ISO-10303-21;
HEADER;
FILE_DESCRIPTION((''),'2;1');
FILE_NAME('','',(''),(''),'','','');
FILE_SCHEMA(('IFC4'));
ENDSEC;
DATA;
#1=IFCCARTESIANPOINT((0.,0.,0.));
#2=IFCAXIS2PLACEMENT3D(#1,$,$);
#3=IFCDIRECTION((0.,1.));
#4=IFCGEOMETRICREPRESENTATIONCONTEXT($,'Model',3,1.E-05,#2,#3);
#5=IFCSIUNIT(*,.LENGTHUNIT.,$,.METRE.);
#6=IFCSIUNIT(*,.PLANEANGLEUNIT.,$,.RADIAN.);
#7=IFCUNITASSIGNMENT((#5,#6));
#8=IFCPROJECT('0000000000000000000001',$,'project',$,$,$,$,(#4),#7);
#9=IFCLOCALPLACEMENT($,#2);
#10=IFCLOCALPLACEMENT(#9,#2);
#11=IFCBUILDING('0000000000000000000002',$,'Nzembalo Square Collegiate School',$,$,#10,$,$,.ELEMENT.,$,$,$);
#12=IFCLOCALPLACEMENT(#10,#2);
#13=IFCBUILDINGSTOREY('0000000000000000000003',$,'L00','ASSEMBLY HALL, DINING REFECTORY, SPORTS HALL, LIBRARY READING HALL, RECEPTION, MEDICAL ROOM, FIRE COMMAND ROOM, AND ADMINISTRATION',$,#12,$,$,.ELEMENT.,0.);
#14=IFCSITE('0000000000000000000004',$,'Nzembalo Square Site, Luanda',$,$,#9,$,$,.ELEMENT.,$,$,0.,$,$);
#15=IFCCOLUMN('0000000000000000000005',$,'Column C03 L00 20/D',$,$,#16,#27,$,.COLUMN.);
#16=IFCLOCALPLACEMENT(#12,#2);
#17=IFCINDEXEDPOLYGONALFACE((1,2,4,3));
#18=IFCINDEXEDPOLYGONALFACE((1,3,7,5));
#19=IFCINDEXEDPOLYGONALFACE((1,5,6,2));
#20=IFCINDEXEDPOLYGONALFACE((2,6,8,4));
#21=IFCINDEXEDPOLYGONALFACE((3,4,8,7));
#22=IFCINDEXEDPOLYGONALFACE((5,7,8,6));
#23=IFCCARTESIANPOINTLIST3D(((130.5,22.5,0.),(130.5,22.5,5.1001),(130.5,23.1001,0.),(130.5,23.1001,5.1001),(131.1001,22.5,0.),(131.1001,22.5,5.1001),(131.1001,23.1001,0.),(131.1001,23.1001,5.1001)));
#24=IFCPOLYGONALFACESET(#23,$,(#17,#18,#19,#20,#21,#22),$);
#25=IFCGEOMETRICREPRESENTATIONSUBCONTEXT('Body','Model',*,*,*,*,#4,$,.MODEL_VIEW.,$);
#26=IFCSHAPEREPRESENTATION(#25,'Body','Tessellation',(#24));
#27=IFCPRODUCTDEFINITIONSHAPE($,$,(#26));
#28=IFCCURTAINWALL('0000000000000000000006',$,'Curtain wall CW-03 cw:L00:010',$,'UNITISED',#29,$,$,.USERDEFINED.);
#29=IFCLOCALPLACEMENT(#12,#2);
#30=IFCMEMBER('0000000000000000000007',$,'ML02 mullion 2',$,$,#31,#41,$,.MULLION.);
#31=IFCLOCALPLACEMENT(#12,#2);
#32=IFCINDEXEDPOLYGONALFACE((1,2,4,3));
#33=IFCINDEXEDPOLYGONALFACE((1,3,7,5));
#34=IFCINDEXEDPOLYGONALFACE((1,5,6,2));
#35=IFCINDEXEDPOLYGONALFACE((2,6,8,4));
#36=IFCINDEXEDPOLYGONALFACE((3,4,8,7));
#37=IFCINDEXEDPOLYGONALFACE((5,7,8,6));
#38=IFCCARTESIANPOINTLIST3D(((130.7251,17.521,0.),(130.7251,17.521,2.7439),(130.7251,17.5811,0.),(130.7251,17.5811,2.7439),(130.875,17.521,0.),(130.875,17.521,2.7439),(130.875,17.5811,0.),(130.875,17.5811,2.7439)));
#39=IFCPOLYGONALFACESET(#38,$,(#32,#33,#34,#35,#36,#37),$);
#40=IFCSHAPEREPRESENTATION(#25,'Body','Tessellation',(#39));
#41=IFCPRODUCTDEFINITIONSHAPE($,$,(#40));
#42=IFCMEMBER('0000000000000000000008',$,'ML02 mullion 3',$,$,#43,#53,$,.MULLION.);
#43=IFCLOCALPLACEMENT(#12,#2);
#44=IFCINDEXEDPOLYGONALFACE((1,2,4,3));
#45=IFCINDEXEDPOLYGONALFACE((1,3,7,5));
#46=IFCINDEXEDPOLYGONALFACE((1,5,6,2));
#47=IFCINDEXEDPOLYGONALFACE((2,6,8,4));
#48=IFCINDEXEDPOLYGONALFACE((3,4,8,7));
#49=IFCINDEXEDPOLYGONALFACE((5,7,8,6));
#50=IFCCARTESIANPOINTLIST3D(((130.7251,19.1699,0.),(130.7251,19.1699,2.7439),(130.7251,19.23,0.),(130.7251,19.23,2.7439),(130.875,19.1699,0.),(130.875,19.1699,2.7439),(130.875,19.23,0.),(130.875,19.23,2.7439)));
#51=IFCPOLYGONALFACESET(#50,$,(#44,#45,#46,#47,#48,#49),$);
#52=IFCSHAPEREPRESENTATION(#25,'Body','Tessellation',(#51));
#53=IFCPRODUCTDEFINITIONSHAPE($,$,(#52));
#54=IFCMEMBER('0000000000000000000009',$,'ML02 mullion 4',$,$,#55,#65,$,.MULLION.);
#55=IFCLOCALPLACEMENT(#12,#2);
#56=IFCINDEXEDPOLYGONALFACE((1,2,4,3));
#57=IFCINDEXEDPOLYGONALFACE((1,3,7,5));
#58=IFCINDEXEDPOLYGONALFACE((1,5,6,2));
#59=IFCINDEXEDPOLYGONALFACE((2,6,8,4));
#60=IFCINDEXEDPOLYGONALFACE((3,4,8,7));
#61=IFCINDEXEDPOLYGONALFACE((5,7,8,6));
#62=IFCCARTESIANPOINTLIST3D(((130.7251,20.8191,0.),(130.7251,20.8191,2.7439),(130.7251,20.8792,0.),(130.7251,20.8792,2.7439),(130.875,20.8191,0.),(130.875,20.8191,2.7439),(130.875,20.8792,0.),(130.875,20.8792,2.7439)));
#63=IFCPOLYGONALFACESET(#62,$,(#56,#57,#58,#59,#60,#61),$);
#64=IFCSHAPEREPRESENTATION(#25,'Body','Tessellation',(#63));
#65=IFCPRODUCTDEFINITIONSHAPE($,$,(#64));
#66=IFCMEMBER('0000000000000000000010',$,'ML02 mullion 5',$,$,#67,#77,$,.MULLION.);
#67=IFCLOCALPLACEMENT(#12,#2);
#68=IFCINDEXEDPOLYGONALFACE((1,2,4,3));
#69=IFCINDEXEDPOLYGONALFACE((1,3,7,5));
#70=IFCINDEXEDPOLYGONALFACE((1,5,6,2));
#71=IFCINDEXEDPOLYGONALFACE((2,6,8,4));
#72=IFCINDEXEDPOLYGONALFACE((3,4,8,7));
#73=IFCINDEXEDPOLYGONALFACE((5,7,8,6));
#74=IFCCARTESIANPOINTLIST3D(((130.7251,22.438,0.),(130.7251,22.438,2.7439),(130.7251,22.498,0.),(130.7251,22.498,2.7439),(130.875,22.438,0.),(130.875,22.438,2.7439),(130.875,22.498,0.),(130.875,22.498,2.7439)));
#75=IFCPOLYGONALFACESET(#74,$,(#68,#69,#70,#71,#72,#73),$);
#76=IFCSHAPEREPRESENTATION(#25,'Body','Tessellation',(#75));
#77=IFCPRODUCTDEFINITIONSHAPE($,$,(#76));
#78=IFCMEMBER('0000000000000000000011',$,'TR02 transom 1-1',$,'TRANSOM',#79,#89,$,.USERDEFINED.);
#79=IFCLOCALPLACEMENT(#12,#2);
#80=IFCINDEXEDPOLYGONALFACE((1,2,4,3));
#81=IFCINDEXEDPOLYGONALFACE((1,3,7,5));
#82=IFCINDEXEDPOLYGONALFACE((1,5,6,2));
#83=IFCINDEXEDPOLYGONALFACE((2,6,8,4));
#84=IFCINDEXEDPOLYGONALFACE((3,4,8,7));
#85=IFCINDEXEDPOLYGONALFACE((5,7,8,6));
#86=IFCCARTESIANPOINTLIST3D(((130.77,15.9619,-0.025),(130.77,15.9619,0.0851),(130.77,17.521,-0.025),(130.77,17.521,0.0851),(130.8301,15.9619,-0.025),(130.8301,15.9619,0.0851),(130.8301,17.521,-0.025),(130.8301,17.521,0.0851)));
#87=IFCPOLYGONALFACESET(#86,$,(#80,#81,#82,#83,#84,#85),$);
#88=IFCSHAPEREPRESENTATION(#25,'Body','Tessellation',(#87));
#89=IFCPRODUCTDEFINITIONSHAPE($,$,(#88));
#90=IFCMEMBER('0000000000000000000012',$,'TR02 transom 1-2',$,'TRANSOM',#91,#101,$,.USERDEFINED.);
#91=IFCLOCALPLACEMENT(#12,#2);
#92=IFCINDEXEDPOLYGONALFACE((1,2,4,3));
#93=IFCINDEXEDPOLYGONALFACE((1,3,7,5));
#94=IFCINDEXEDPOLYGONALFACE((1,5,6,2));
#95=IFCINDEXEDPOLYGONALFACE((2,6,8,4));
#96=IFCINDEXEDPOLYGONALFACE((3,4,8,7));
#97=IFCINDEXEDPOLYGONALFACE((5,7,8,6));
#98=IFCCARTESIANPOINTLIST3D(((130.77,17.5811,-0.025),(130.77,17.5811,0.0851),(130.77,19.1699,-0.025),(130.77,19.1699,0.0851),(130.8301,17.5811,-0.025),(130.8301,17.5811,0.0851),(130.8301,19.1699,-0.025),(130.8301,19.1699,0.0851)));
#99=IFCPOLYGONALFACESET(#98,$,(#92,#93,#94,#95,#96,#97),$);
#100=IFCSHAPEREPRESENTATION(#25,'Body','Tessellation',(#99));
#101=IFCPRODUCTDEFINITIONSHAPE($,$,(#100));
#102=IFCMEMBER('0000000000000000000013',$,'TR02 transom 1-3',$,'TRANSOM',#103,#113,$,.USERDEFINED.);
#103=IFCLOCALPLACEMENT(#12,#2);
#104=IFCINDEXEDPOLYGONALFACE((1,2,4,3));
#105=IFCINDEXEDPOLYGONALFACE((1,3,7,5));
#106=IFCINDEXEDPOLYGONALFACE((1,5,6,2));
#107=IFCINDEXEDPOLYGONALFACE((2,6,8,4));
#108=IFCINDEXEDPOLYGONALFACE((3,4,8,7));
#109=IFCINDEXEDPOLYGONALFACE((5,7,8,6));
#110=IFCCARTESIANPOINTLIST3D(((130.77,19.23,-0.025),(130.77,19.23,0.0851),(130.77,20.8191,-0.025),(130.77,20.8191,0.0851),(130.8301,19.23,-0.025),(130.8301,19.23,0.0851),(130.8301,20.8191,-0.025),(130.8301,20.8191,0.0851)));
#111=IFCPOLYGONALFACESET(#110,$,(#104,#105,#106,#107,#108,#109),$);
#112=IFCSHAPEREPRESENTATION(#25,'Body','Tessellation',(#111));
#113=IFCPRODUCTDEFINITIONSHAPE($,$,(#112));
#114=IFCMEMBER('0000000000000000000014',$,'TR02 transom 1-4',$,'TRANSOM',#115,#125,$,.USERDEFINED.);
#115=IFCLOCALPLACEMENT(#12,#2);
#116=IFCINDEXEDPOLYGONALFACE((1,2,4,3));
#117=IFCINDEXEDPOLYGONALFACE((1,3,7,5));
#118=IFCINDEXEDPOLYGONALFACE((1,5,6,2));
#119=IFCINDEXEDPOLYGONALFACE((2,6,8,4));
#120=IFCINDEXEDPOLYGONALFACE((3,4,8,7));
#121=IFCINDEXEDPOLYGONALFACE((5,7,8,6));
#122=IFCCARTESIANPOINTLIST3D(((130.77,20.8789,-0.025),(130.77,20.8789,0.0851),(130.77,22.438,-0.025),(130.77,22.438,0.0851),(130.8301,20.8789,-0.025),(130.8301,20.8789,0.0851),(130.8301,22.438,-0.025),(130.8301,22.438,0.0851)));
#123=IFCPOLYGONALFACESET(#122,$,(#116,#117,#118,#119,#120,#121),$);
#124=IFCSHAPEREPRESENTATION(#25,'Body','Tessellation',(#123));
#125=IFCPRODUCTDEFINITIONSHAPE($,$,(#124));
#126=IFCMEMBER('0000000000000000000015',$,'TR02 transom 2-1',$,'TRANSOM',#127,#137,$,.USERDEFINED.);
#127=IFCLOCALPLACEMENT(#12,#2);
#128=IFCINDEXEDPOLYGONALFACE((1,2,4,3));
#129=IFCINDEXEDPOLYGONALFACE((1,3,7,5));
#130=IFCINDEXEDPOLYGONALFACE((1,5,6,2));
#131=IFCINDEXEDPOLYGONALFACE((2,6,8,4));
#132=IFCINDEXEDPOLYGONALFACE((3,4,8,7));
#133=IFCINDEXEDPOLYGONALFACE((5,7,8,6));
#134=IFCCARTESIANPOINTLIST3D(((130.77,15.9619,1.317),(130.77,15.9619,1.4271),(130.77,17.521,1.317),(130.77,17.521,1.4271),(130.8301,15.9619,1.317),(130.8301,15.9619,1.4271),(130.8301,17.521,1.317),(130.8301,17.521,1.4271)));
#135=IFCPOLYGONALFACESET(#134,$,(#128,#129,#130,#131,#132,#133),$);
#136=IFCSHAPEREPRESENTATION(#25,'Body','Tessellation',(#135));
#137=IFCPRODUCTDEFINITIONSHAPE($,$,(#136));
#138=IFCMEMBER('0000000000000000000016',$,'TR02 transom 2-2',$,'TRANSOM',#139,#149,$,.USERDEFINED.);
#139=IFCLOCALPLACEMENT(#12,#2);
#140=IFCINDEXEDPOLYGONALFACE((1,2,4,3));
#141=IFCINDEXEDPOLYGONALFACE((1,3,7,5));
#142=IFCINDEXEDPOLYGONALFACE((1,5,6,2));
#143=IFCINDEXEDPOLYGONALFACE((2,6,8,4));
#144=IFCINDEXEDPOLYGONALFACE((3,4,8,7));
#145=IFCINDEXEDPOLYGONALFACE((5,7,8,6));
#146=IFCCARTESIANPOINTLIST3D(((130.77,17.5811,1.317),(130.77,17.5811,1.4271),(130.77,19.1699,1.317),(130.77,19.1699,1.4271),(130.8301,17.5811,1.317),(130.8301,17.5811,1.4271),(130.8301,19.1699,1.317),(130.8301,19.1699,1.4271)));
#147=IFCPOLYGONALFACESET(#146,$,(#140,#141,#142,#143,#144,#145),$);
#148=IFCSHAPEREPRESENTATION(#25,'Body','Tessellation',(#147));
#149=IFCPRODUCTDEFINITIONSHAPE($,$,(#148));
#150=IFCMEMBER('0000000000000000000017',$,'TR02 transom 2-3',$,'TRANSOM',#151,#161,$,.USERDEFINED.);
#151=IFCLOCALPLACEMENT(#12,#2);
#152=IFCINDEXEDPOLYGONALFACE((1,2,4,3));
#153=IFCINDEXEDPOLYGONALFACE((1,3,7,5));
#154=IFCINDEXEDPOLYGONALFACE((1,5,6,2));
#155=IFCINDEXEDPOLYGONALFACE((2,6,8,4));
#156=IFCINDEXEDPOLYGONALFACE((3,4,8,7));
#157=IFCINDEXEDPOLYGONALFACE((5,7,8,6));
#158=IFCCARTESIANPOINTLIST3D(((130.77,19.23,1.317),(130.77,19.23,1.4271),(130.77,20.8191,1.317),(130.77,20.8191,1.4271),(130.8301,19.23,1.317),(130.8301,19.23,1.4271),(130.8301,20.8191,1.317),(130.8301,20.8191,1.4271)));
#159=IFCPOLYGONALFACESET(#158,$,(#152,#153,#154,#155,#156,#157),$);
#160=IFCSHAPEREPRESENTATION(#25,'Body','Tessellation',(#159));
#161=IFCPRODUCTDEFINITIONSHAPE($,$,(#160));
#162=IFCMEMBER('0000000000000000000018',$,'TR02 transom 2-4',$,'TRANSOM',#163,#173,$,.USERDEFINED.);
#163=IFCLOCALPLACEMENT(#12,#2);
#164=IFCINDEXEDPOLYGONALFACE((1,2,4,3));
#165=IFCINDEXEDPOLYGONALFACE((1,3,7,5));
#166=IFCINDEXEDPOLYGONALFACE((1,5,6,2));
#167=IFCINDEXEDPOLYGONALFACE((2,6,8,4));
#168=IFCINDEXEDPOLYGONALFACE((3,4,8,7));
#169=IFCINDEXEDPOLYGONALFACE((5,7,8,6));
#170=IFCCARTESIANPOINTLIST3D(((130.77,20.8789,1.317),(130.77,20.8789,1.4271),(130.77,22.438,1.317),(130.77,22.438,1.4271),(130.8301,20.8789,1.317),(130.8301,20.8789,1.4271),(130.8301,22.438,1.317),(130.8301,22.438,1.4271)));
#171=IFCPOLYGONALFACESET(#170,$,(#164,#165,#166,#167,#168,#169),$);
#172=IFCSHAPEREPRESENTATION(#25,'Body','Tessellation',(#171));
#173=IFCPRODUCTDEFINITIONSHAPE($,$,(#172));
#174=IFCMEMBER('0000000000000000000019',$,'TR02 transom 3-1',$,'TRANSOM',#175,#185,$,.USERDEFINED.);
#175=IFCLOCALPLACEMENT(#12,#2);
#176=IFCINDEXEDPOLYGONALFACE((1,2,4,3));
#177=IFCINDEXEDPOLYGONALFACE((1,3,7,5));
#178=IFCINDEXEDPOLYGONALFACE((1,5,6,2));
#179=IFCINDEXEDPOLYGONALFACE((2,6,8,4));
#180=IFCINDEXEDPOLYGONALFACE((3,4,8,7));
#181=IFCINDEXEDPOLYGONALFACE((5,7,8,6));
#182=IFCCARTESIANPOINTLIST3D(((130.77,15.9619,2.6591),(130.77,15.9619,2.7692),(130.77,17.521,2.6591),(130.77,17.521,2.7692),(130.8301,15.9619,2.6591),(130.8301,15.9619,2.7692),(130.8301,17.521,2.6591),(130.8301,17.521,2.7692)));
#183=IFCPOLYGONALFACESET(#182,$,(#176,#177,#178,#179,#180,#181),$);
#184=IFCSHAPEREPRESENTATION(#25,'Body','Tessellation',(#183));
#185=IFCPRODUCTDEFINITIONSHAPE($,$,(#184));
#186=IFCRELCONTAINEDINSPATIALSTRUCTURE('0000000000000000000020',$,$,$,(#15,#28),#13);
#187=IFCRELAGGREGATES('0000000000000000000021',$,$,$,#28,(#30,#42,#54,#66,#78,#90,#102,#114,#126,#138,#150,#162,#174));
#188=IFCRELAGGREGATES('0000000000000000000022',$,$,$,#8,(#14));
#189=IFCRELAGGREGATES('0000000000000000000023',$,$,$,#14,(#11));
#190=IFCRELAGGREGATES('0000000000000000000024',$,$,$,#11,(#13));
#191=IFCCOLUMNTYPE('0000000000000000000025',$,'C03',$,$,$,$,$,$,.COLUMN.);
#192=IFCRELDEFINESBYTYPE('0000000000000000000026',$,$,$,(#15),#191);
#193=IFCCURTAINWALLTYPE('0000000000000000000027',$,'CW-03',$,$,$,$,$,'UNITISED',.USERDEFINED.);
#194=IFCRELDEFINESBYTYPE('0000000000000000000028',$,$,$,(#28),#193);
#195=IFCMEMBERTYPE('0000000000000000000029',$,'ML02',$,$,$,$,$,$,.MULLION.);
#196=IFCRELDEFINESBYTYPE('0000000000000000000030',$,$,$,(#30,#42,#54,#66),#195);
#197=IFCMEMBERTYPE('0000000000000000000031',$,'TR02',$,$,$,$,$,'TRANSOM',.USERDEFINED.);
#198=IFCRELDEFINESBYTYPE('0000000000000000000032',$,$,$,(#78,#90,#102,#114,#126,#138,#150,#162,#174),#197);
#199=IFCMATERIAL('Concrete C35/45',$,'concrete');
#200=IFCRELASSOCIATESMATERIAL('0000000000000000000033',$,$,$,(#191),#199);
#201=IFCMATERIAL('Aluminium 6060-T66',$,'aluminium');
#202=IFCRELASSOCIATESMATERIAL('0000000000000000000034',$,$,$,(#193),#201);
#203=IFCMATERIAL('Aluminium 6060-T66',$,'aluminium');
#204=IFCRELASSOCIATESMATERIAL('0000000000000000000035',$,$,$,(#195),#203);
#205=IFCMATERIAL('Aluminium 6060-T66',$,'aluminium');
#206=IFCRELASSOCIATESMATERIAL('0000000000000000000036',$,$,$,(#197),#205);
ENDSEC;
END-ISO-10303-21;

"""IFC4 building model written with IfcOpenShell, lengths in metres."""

from ifc_helpers import new_model, si_unit, direction, frame, origin, origin_2d, place, context, subcontext, project, spatial, rectangle, extrude, material, material_profile, profile_set, type_object, element, aggregate, save


model = new_model("IFC4")

# Units and contexts
model_context = context("Model", 3, precision=1e-05, world=origin(), true_north=direction((0.0, 1.0)))
body_context = subcontext(model_context, "Body", "Model", "MODEL_VIEW")
ifc_project = project(units=[si_unit("LENGTHUNIT", "METRE"), si_unit("PLANEANGLEUNIT", "RADIAN")], contexts=[model_context])

# Site, building, storey
site_placement = place(None, origin())
site = spatial("IfcSite", under=ifc_project, at=site_placement, Name="Nzembalo Square Site, Luanda", CompositionType="ELEMENT", RefElevation=0.0)
building_placement = place(site_placement, origin())
building = spatial("IfcBuilding", under=site, at=building_placement, Name="Nzembalo Square Collegiate School", CompositionType="ELEMENT")
storey_placement = place(building_placement, origin())
storey = spatial("IfcBuildingStorey", under=building, at=storey_placement, Name="L00", Description="ASSEMBLY HALL, DINING REFECTORY, SPORTS HALL, LIBRARY READING HALL, RECEPTION, MEDICAL ROOM, FIRE COMMAND ROOM, AND ADMINISTRATION", CompositionType="ELEMENT", Elevation=0.0)

# Column
ifc_material_1 = material(Name="Concrete C35/45", Category="concrete")
ifc_material_profile_1 = material_profile(ifc_material_1, rectangle(XDim=0.6001, YDim=0.6001, at=origin_2d()), Name="RC 600x600")
ifc_profile_set_1 = profile_set([ifc_material_profile_1], Name="Concrete C35/45")
column_type = type_object("IfcColumnType", Name="C03", PredefinedType="COLUMN", material=ifc_profile_set_1)
column_placement = place(storey_placement, frame((130.8, 22.8, 0.0), z_axis=(0.0, 0.0, 1.0), x_axis=(1.0, 0.0, 0.0)))
element("IfcColumn", 1, at=column_placement, inside=storey, type_object=column_type, Name="Column C03 L00 20/D", PredefinedType="COLUMN", context=body_context, shape_type="SweptSolid", body=[
    extrude(rectangle(XDim=0.6001, YDim=0.6001, at=origin_2d()), origin(), (0.0, 0.0, 1.0), 5.1001),
])

# Curtain wall, members
ifc_material_2 = material(Name="Aluminium 6060-T66", Category="aluminium")
curtain_wall_type = type_object("IfcCurtainWallType", Name="CW-03", ElementType="UNITISED", PredefinedType="USERDEFINED", material=ifc_material_2)
curtain_wall_placement = place(storey_placement, origin())
curtain_wall = element("IfcCurtainWall", 2, at=curtain_wall_placement, inside=storey, type_object=curtain_wall_type, Name="Curtain wall CW-03 cw:L00:010", ObjectType="UNITISED", PredefinedType="USERDEFINED")
ifc_material_3 = material(Name="Aluminium 6060-T66", Category="aluminium")
ifc_material_profile_2 = material_profile(ifc_material_3, rectangle(XDim=0.0601, YDim=0.1499, at=origin_2d()), Name="ALU M60x150")
ifc_profile_set_2 = profile_set([ifc_material_profile_2], Name="Aluminium 6060-T66")
member_type_1 = type_object("IfcMemberType", Name="ML02", PredefinedType="MULLION", material=ifc_profile_set_2)
member_1_placement = place(storey_placement, frame((130.8, 17.551, 0.0), z_axis=(0.0, 0.0, 1.0), x_axis=(0.0, 1.0, 0.0)))
member_1 = element("IfcMember", 3, at=member_1_placement, type_object=member_type_1, Name="ML02 mullion 2", PredefinedType="MULLION", context=body_context, shape_type="SweptSolid", body=[
    extrude(rectangle(XDim=0.0601, YDim=0.1499, at=origin_2d()), origin(), (0.0, 0.0, 1.0), 2.7439),
])
member_2_placement = place(storey_placement, frame((130.8, 19.2, 0.0), z_axis=(0.0, 0.0, 1.0), x_axis=(0.0, 1.0, 0.0)))
member_2 = element("IfcMember", 4, at=member_2_placement, type_object=member_type_1, Name="ML02 mullion 3", PredefinedType="MULLION", context=body_context, shape_type="SweptSolid", body=[
    extrude(rectangle(XDim=0.0601, YDim=0.1499, at=origin_2d()), origin(), (0.0, 0.0, 1.0), 2.7439),
])
member_3_placement = place(storey_placement, frame((130.8, 20.8491, 0.0), z_axis=(0.0, 0.0, 1.0), x_axis=(0.0, 1.0, 0.0)))
member_3 = element("IfcMember", 5, at=member_3_placement, type_object=member_type_1, Name="ML02 mullion 4", PredefinedType="MULLION", context=body_context, shape_type="SweptSolid", body=[
    extrude(rectangle(XDim=0.0601, YDim=0.1499, at=origin_2d()), origin(), (0.0, 0.0, 1.0), 2.7439),
])
member_4_placement = place(storey_placement, frame((130.8, 22.468, 0.0), z_axis=(0.0, 0.0, 1.0), x_axis=(0.0, 1.0, 0.0)))
member_4 = element("IfcMember", 6, at=member_4_placement, type_object=member_type_1, Name="ML02 mullion 5", PredefinedType="MULLION", context=body_context, shape_type="SweptSolid", body=[
    extrude(rectangle(XDim=0.0601, YDim=0.1499, at=origin_2d()), origin(), (0.0, 0.0, 1.0), 2.7439),
])
ifc_material_4 = material(Name="Aluminium 6060-T66", Category="aluminium")
ifc_material_profile_3 = material_profile(ifc_material_4, rectangle(XDim=0.0601, YDim=0.1101, at=origin_2d()), Name="ALU T60x110")
ifc_profile_set_3 = profile_set([ifc_material_profile_3], Name="Aluminium 6060-T66")
member_type_2 = type_object("IfcMemberType", Name="TR02", ElementType="TRANSOM", PredefinedType="USERDEFINED", material=ifc_profile_set_3)
member_5_placement = place(storey_placement, frame((130.8, 15.9619, 0.03), z_axis=(0.0, 1.0, 0.0), x_axis=(-1.0, 0.0, 0.0)))
member_5 = element("IfcMember", 7, at=member_5_placement, type_object=member_type_2, Name="TR02 transom 1-1", ObjectType="TRANSOM", PredefinedType="USERDEFINED", context=body_context, shape_type="SweptSolid", body=[
    extrude(rectangle(XDim=0.0601, YDim=0.1101, at=origin_2d()), origin(), (0.0, 0.0, 1.0), 1.5591),
])
member_6_placement = place(storey_placement, frame((130.8, 17.5811, 0.03), z_axis=(0.0, 1.0, 0.0), x_axis=(-1.0, 0.0, 0.0)))
member_6 = element("IfcMember", 8, at=member_6_placement, type_object=member_type_2, Name="TR02 transom 1-2", ObjectType="TRANSOM", PredefinedType="USERDEFINED", context=body_context, shape_type="SweptSolid", body=[
    extrude(rectangle(XDim=0.0601, YDim=0.1101, at=origin_2d()), origin(), (0.0, 0.0, 1.0), 1.5889),
])
member_7_placement = place(storey_placement, frame((130.8, 19.23, 0.03), z_axis=(0.0, 1.0, 0.0), x_axis=(-1.0, 0.0, 0.0)))
member_7 = element("IfcMember", 9, at=member_7_placement, type_object=member_type_2, Name="TR02 transom 1-3", ObjectType="TRANSOM", PredefinedType="USERDEFINED", context=body_context, shape_type="SweptSolid", body=[
    extrude(rectangle(XDim=0.0601, YDim=0.1101, at=origin_2d()), origin(), (0.0, 0.0, 1.0), 1.5891),
])
member_8_placement = place(storey_placement, frame((130.8, 20.8789, 0.03), z_axis=(0.0, 1.0, 0.0), x_axis=(-1.0, 0.0, 0.0)))
member_8 = element("IfcMember", 10, at=member_8_placement, type_object=member_type_2, Name="TR02 transom 1-4", ObjectType="TRANSOM", PredefinedType="USERDEFINED", context=body_context, shape_type="SweptSolid", body=[
    extrude(rectangle(XDim=0.0601, YDim=0.1101, at=origin_2d()), origin(), (0.0, 0.0, 1.0), 1.5591),
])
member_9_placement = place(storey_placement, frame((130.8, 15.9619, 1.3721), z_axis=(0.0, 1.0, 0.0), x_axis=(-1.0, 0.0, 0.0)))
member_9 = element("IfcMember", 11, at=member_9_placement, type_object=member_type_2, Name="TR02 transom 2-1", ObjectType="TRANSOM", PredefinedType="USERDEFINED", context=body_context, shape_type="SweptSolid", body=[
    extrude(rectangle(XDim=0.0601, YDim=0.1101, at=origin_2d()), origin(), (0.0, 0.0, 1.0), 1.5591),
])
member_10_placement = place(storey_placement, frame((130.8, 17.5811, 1.3721), z_axis=(0.0, 1.0, 0.0), x_axis=(-1.0, 0.0, 0.0)))
member_10 = element("IfcMember", 12, at=member_10_placement, type_object=member_type_2, Name="TR02 transom 2-2", ObjectType="TRANSOM", PredefinedType="USERDEFINED", context=body_context, shape_type="SweptSolid", body=[
    extrude(rectangle(XDim=0.0601, YDim=0.1101, at=origin_2d()), origin(), (0.0, 0.0, 1.0), 1.5889),
])
member_11_placement = place(storey_placement, frame((130.8, 19.23, 1.3721), z_axis=(0.0, 1.0, 0.0), x_axis=(-1.0, 0.0, 0.0)))
member_11 = element("IfcMember", 13, at=member_11_placement, type_object=member_type_2, Name="TR02 transom 2-3", ObjectType="TRANSOM", PredefinedType="USERDEFINED", context=body_context, shape_type="SweptSolid", body=[
    extrude(rectangle(XDim=0.0601, YDim=0.1101, at=origin_2d()), origin(), (0.0, 0.0, 1.0), 1.5891),
])
member_12_placement = place(storey_placement, frame((130.8, 20.8789, 1.3721), z_axis=(0.0, 1.0, 0.0), x_axis=(-1.0, 0.0, 0.0)))
member_12 = element("IfcMember", 14, at=member_12_placement, type_object=member_type_2, Name="TR02 transom 2-4", ObjectType="TRANSOM", PredefinedType="USERDEFINED", context=body_context, shape_type="SweptSolid", body=[
    extrude(rectangle(XDim=0.0601, YDim=0.1101, at=origin_2d()), origin(), (0.0, 0.0, 1.0), 1.5591),
])
member_13_placement = place(storey_placement, frame((130.8, 15.9619, 2.7141), z_axis=(0.0, 1.0, 0.0), x_axis=(-1.0, 0.0, 0.0)))
member_13 = element("IfcMember", 15, at=member_13_placement, type_object=member_type_2, Name="TR02 transom 3-1", ObjectType="TRANSOM", PredefinedType="USERDEFINED", context=body_context, shape_type="SweptSolid", body=[
    extrude(rectangle(XDim=0.0601, YDim=0.1101, at=origin_2d()), origin(), (0.0, 0.0, 1.0), 1.5591),
])
aggregate(curtain_wall, [member_1, member_2, member_3, member_4, member_5, member_6, member_7, member_8, member_9, member_10, member_11, member_12, member_13])

save(model, "model.ifc")
